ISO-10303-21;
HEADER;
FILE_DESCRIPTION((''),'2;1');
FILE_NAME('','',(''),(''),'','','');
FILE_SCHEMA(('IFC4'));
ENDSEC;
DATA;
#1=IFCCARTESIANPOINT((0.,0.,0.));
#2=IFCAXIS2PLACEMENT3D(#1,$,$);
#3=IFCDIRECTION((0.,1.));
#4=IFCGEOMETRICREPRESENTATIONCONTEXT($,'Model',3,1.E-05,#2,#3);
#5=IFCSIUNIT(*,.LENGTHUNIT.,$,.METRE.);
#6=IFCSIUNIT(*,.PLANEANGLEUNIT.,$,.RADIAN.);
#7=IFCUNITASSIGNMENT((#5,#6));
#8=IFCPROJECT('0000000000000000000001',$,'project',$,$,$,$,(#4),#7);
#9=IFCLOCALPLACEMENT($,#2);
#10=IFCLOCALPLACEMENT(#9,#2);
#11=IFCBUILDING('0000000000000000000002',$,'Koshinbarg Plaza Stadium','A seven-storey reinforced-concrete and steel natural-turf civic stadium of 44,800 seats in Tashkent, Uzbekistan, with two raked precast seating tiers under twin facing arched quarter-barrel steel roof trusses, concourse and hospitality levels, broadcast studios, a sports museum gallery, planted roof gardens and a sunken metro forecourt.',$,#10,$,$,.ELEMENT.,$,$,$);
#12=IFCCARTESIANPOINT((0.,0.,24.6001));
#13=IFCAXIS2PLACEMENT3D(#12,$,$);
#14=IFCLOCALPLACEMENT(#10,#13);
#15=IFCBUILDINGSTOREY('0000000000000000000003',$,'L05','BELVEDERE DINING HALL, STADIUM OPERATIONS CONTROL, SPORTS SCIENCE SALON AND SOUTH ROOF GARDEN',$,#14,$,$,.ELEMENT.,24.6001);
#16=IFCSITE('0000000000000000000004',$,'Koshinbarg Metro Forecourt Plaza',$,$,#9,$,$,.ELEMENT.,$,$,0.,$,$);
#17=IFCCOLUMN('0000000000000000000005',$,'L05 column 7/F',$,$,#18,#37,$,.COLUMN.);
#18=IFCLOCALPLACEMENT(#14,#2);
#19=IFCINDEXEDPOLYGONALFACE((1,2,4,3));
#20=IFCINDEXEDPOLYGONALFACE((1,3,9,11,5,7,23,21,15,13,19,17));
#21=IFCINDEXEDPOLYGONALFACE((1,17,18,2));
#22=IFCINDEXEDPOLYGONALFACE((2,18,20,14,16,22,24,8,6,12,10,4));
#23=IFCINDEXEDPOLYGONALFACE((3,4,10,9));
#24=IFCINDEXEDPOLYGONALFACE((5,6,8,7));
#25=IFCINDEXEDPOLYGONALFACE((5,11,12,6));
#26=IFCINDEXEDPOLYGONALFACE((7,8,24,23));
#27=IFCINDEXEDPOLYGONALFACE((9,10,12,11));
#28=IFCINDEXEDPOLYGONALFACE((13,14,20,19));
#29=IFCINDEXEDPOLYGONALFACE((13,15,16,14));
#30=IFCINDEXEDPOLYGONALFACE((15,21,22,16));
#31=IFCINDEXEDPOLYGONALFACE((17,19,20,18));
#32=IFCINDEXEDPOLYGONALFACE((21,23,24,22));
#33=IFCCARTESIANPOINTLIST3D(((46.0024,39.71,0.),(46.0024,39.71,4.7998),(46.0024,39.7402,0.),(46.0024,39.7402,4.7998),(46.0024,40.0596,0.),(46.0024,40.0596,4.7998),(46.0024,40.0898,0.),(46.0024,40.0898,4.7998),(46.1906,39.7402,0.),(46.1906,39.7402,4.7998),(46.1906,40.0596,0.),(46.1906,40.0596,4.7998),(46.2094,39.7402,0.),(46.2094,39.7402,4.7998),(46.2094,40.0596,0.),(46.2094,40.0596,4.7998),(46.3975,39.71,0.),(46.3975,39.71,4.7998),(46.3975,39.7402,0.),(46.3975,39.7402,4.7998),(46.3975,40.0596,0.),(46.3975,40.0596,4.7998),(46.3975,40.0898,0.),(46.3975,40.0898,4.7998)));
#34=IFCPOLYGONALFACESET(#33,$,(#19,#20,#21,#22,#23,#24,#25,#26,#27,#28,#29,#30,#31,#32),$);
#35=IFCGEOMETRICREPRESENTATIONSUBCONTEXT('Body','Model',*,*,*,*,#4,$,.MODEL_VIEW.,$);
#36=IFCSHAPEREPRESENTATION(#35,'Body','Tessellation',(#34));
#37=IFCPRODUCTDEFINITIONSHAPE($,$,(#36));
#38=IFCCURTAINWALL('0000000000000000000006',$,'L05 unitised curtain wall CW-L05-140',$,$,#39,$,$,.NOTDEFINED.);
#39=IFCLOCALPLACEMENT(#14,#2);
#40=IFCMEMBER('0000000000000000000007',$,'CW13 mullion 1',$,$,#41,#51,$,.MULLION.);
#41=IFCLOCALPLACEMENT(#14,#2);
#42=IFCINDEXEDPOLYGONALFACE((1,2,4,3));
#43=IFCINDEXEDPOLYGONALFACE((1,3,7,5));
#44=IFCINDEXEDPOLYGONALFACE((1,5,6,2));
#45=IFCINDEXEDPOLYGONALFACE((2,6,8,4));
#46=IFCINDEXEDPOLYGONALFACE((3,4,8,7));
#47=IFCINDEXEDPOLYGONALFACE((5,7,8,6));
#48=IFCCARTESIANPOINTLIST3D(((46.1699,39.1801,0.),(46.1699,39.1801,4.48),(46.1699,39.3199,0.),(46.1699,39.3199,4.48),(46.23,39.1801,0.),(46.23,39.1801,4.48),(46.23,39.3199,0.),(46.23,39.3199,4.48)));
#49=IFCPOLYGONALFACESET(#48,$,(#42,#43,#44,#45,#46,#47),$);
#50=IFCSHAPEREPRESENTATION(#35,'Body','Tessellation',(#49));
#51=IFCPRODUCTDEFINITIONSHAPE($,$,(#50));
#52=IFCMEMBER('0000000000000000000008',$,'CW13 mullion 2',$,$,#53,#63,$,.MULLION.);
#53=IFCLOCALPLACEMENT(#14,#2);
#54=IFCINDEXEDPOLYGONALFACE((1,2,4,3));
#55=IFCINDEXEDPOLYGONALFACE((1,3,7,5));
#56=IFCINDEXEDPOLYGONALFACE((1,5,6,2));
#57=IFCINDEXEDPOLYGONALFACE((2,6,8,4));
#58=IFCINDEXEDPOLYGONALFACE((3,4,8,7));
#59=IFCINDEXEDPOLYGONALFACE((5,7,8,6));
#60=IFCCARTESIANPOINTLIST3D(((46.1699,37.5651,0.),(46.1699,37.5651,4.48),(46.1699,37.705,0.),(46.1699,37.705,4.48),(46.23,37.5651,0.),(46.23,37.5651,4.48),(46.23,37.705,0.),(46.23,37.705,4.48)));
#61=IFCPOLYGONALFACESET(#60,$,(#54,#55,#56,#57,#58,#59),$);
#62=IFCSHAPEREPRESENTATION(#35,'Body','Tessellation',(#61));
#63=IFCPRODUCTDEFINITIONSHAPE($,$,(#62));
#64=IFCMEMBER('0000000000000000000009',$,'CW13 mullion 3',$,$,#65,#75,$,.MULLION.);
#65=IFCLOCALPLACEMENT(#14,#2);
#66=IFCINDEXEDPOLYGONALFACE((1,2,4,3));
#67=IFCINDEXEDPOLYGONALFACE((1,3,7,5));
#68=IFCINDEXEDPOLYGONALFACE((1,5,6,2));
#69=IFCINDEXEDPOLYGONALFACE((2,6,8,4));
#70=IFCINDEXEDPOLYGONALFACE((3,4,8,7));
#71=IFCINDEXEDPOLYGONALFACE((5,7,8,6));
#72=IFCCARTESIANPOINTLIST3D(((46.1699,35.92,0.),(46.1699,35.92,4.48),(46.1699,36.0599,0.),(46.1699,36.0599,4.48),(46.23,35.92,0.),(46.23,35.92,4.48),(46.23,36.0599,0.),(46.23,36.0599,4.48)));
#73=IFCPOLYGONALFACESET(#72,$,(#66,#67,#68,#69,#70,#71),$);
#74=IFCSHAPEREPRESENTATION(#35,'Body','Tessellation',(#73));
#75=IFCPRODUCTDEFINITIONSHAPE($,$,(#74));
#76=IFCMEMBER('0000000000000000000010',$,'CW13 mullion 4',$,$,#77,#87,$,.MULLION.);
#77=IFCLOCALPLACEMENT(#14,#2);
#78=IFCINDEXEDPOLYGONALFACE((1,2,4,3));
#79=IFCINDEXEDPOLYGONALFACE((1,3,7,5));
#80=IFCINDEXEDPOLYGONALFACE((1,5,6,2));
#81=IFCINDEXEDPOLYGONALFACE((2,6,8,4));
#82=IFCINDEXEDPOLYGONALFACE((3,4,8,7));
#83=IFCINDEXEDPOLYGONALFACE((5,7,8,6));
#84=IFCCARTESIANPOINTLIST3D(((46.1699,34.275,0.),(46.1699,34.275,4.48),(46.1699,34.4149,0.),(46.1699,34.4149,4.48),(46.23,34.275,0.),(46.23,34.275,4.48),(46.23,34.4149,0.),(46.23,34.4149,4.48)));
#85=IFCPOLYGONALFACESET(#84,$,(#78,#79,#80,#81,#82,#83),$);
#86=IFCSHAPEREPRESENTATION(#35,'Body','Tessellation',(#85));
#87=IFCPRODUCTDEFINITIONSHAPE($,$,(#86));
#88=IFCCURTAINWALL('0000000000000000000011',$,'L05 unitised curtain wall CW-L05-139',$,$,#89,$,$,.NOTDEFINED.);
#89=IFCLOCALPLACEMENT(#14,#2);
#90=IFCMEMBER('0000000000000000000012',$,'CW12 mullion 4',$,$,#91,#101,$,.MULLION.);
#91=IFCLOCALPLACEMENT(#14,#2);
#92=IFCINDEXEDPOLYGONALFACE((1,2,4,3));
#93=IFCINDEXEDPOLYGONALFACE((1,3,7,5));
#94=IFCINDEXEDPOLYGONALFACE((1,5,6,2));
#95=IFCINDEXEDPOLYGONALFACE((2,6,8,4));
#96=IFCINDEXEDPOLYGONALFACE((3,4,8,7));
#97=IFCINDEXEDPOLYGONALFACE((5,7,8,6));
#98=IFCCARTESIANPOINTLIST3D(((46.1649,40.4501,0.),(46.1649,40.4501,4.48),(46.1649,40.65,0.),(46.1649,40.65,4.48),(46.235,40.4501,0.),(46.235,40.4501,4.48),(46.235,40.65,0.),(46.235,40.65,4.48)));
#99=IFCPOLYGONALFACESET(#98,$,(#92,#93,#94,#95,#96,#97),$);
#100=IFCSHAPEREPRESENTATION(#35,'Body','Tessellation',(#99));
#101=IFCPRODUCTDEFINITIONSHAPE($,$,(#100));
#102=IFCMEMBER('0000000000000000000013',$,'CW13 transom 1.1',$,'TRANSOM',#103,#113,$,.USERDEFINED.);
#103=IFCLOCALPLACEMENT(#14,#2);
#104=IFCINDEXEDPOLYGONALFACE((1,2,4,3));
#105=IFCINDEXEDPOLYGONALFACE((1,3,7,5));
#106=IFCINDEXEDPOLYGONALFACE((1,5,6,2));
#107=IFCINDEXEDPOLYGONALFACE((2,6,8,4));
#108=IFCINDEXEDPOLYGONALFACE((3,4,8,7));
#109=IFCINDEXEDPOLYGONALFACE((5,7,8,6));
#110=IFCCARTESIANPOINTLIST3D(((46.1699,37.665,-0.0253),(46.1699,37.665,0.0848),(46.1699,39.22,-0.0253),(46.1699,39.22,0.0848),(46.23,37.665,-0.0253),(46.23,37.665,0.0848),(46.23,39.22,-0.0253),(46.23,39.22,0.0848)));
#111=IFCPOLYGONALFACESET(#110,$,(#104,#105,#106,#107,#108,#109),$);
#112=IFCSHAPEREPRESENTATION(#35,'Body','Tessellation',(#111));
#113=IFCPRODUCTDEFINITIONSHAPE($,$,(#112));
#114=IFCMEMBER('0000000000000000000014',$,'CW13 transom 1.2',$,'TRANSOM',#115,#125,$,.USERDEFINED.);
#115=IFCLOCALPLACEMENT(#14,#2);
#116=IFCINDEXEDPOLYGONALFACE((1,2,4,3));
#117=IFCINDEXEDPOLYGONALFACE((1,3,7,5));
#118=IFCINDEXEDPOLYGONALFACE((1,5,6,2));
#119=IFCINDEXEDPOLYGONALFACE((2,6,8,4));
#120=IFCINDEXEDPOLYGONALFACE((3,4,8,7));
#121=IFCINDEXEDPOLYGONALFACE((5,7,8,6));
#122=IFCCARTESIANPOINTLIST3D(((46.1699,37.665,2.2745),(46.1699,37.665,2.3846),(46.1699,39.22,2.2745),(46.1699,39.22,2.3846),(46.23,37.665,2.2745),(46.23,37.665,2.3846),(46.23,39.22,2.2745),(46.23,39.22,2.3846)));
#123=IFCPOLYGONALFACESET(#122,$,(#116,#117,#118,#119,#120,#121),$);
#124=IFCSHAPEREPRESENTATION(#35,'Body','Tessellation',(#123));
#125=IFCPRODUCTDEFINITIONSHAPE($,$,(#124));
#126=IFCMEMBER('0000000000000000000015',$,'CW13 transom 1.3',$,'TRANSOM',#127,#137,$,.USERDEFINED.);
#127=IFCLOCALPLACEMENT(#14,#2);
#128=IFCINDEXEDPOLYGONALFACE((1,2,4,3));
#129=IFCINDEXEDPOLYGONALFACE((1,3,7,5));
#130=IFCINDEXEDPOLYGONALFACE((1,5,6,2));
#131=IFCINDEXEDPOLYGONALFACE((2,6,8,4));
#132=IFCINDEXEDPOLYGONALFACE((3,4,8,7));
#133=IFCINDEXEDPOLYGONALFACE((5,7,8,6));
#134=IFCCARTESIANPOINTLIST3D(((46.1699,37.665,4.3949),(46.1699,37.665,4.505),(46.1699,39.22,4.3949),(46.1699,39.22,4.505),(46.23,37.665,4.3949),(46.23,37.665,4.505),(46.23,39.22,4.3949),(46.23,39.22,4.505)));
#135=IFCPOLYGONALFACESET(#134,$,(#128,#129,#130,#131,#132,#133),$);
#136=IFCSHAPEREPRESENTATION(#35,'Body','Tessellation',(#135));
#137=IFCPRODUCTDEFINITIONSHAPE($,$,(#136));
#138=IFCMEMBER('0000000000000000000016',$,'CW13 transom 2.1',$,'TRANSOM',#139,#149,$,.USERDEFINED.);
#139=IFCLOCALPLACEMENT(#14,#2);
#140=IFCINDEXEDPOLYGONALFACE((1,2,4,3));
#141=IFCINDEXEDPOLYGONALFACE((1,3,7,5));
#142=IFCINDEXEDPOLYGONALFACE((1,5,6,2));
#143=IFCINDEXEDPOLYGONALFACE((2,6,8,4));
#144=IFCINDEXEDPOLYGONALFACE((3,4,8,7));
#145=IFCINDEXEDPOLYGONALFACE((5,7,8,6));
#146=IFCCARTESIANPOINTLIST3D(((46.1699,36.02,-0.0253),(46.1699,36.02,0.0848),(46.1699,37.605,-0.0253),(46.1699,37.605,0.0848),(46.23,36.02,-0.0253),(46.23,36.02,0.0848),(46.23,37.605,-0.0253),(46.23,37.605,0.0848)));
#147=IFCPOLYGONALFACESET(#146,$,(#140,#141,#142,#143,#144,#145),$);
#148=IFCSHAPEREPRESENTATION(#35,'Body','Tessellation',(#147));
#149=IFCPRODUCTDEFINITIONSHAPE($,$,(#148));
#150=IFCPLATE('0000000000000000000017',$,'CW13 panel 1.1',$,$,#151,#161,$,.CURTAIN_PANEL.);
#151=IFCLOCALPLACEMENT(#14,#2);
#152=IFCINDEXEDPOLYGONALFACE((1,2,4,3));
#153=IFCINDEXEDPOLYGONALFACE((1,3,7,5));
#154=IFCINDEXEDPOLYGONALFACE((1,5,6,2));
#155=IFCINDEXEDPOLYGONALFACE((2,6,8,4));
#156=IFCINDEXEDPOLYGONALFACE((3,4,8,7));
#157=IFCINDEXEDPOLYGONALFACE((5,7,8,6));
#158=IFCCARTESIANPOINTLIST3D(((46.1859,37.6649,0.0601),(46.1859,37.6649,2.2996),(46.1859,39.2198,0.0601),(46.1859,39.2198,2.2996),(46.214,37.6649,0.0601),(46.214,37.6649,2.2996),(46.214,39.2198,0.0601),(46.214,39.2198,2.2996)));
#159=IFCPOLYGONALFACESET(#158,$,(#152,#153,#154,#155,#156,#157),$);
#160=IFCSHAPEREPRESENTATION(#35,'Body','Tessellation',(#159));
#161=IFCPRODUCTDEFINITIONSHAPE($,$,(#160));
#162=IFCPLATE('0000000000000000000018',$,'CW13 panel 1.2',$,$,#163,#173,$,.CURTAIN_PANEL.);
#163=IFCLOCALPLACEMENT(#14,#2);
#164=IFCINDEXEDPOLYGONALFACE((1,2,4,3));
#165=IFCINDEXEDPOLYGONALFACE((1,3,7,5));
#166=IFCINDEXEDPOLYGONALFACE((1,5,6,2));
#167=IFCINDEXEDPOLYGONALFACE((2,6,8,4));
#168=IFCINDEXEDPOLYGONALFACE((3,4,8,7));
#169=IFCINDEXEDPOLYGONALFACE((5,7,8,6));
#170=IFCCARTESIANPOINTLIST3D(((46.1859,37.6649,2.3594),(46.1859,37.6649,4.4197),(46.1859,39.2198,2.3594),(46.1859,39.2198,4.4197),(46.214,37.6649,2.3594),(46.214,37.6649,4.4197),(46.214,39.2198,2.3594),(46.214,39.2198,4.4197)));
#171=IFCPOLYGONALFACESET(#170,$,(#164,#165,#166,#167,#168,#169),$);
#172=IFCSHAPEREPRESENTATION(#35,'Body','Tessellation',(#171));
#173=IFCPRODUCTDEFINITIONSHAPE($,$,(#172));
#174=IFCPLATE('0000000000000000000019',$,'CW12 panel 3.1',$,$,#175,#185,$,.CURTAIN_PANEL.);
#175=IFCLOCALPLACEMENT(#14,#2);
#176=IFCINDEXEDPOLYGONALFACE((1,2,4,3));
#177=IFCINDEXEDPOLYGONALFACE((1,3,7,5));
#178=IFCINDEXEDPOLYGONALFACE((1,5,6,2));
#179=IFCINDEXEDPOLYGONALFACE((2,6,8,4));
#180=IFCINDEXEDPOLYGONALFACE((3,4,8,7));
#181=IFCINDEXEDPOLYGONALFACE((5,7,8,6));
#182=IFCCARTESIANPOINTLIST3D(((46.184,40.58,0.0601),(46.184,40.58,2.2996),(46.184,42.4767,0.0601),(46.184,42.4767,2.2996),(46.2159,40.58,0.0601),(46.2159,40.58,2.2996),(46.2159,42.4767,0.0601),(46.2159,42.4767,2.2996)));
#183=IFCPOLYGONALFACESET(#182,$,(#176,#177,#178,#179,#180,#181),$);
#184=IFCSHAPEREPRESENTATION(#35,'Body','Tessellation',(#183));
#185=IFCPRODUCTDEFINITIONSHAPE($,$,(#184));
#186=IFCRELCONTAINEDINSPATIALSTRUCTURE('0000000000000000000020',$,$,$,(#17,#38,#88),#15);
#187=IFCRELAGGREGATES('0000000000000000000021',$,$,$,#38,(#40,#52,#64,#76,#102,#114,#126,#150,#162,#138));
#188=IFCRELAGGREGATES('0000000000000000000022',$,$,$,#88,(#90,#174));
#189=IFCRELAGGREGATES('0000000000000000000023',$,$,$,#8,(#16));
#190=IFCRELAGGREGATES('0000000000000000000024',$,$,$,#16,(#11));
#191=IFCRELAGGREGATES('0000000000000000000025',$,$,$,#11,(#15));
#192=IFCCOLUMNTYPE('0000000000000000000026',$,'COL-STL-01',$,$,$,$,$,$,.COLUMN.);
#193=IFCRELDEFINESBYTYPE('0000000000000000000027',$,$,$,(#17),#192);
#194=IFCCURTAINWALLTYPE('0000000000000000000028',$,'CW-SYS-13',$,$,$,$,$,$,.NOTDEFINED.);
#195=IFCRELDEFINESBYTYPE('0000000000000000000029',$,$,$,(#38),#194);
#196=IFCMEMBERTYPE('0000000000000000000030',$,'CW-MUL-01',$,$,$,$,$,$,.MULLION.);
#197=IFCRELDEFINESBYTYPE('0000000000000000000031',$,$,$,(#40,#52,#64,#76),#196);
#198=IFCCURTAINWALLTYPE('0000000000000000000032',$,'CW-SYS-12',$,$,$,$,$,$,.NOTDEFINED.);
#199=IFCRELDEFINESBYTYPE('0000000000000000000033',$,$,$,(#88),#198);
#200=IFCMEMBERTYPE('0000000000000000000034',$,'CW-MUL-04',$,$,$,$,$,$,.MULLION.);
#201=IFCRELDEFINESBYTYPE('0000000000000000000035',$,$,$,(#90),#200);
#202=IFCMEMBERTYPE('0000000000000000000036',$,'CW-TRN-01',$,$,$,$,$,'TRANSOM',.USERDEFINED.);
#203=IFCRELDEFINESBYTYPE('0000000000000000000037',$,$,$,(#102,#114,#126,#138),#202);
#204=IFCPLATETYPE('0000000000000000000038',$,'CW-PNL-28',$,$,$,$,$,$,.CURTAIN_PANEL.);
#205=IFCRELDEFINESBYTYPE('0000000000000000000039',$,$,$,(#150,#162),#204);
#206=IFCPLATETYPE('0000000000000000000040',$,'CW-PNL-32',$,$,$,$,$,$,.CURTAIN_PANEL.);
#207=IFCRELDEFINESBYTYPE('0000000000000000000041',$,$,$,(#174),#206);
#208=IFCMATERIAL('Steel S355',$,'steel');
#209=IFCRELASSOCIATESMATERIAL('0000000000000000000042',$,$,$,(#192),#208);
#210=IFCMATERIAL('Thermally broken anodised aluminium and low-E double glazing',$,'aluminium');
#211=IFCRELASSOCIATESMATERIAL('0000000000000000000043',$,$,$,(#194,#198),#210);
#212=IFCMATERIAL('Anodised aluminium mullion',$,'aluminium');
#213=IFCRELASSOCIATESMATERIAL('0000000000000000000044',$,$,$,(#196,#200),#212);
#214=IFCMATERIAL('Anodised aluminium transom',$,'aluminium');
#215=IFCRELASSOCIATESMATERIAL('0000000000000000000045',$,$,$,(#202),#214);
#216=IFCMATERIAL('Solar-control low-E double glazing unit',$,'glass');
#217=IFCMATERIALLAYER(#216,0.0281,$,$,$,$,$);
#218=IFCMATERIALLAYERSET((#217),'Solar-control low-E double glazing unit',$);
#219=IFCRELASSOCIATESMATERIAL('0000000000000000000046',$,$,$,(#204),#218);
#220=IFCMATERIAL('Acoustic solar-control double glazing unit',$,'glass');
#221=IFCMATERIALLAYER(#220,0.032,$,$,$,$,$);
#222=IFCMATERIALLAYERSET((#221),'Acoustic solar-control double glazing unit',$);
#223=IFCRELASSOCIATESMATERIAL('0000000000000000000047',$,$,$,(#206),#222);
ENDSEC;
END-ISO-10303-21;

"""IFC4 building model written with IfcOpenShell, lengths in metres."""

from ifc_helpers import new_model, si_unit, direction, frame, origin, origin_2d, place, context, subcontext, project, spatial, rectangle, i_section, extrude, material, layer, layer_set, material_profile, profile_set, type_object, element, aggregate, save


model = new_model("IFC4")

# Units and contexts
model_context = context("Model", 3, precision=1e-05, world=origin(), true_north=direction((0.0, 1.0)))
body_context = subcontext(model_context, "Body", "Model", "MODEL_VIEW")
ifc_project = project(units=[si_unit("LENGTHUNIT", "METRE"), si_unit("PLANEANGLEUNIT", "RADIAN")], contexts=[model_context])

# Site, building, storey
site_placement = place(None, origin())
site = spatial("IfcSite", under=ifc_project, at=site_placement, Name="Koshinbarg Metro Forecourt Plaza", CompositionType="ELEMENT", RefElevation=0.0)
building_placement = place(site_placement, origin())
building = spatial("IfcBuilding", under=site, at=building_placement, Name="Koshinbarg Plaza Stadium", Description="A seven-storey reinforced-concrete and steel natural-turf civic stadium of 44,800 seats in Tashkent, Uzbekistan, with two raked precast seating tiers under twin facing arched quarter-barrel steel roof trusses, concourse and hospitality levels, broadcast studios, a sports museum gallery, planted roof gardens and a sunken metro forecourt.", CompositionType="ELEMENT")
storey_placement = place(building_placement, frame((0.0, 0.0, 24.6001)))
storey = spatial("IfcBuildingStorey", under=building, at=storey_placement, Name="L05", Description="BELVEDERE DINING HALL, STADIUM OPERATIONS CONTROL, SPORTS SCIENCE SALON AND SOUTH ROOF GARDEN", CompositionType="ELEMENT", Elevation=24.6001)

# Column
ifc_material_1 = material(Name="Steel S355", Category="steel")
ifc_material_profile_1 = material_profile(ifc_material_1, i_section(OverallWidth=0.395, OverallDepth=0.3799, WebThickness=0.0188, FlangeThickness=0.0303, at=origin_2d()), Name="HD 400x237")
ifc_profile_set_1 = profile_set([ifc_material_profile_1], Name="Steel S355")
column_type = type_object("IfcColumnType", Name="COL-STL-01", PredefinedType="COLUMN", material=ifc_profile_set_1)
column_placement = place(storey_placement, frame((46.2, 39.8999, 0.0), z_axis=(0.0, 0.0, 1.0), x_axis=(1.0, 0.0, 0.0)))
element("IfcColumn", 1, at=column_placement, inside=storey, type_object=column_type, Name="L05 column 7/F", PredefinedType="COLUMN", context=body_context, shape_type="SweptSolid", body=[
    extrude(i_section(OverallWidth=0.395, OverallDepth=0.3799, WebThickness=0.0188, FlangeThickness=0.0303, at=origin_2d()), origin(), (0.0, 0.0, 1.0), 4.7998),
])

# Curtain wall, members
ifc_material_2 = material(Name="Thermally broken anodised aluminium and low-E double glazing", Category="aluminium")
curtain_wall_type_1 = type_object("IfcCurtainWallType", Name="CW-SYS-13", PredefinedType="NOTDEFINED", material=ifc_material_2)
curtain_wall_1_placement = place(storey_placement, origin())
curtain_wall_1 = element("IfcCurtainWall", 2, at=curtain_wall_1_placement, inside=storey, type_object=curtain_wall_type_1, Name="L05 unitised curtain wall CW-L05-140", PredefinedType="NOTDEFINED")
ifc_material_3 = material(Name="Anodised aluminium mullion", Category="aluminium")
ifc_material_profile_2 = material_profile(ifc_material_3, rectangle(XDim=0.0601, YDim=0.1399, at=origin_2d()), Name="ALU 60x140")
ifc_profile_set_2 = profile_set([ifc_material_profile_2], Name="Anodised aluminium mullion")
member_type_1 = type_object("IfcMemberType", Name="CW-MUL-01", PredefinedType="MULLION", material=ifc_profile_set_2)
member_1_placement = place(storey_placement, frame((46.2, 39.25, 0.0), z_axis=(0.0, 0.0, 1.0), x_axis=(1.0, 0.0, 0.0)))
member_1 = element("IfcMember", 3, at=member_1_placement, type_object=member_type_1, Name="CW13 mullion 1", PredefinedType="MULLION", context=body_context, shape_type="SweptSolid", body=[
    extrude(rectangle(XDim=0.0601, YDim=0.1399, at=origin_2d()), origin(), (0.0, 0.0, 1.0), 4.48),
])
member_2_placement = place(storey_placement, frame((46.2, 37.635, 0.0), z_axis=(0.0, 0.0, 1.0), x_axis=(1.0, 0.0, 0.0)))
member_2 = element("IfcMember", 4, at=member_2_placement, type_object=member_type_1, Name="CW13 mullion 2", PredefinedType="MULLION", context=body_context, shape_type="SweptSolid", body=[
    extrude(rectangle(XDim=0.0601, YDim=0.1399, at=origin_2d()), origin(), (0.0, 0.0, 1.0), 4.48),
])
member_3_placement = place(storey_placement, frame((46.2, 35.99, 0.0), z_axis=(0.0, 0.0, 1.0), x_axis=(1.0, 0.0, 0.0)))
member_3 = element("IfcMember", 5, at=member_3_placement, type_object=member_type_1, Name="CW13 mullion 3", PredefinedType="MULLION", context=body_context, shape_type="SweptSolid", body=[
    extrude(rectangle(XDim=0.0601, YDim=0.1399, at=origin_2d()), origin(), (0.0, 0.0, 1.0), 4.48),
])
member_4_placement = place(storey_placement, frame((46.2, 34.345, 0.0), z_axis=(0.0, 0.0, 1.0), x_axis=(1.0, 0.0, 0.0)))
member_4 = element("IfcMember", 6, at=member_4_placement, type_object=member_type_1, Name="CW13 mullion 4", PredefinedType="MULLION", context=body_context, shape_type="SweptSolid", body=[
    extrude(rectangle(XDim=0.0601, YDim=0.1399, at=origin_2d()), origin(), (0.0, 0.0, 1.0), 4.48),
])

# Curtain wall, member
curtain_wall_type_2 = type_object("IfcCurtainWallType", Name="CW-SYS-12", PredefinedType="NOTDEFINED", material=ifc_material_2)
curtain_wall_2_placement = place(storey_placement, origin())
curtain_wall_2 = element("IfcCurtainWall", 7, at=curtain_wall_2_placement, inside=storey, type_object=curtain_wall_type_2, Name="L05 unitised curtain wall CW-L05-139", PredefinedType="NOTDEFINED")
ifc_material_profile_3 = material_profile(ifc_material_3, rectangle(XDim=0.0701, YDim=0.2, at=origin_2d()), Name="ALU 70x200")
ifc_profile_set_3 = profile_set([ifc_material_profile_3], Name="Anodised aluminium mullion")
member_type_2 = type_object("IfcMemberType", Name="CW-MUL-04", PredefinedType="MULLION", material=ifc_profile_set_3)
member_5_placement = place(storey_placement, frame((46.2, 40.55, 0.0), z_axis=(0.0, 0.0, 1.0), x_axis=(1.0, 0.0, 0.0)))
member_5 = element("IfcMember", 8, at=member_5_placement, type_object=member_type_2, Name="CW12 mullion 4", PredefinedType="MULLION", context=body_context, shape_type="SweptSolid", body=[
    extrude(rectangle(XDim=0.0701, YDim=0.2, at=origin_2d()), origin(), (0.0, 0.0, 1.0), 4.48),
])

# Members
ifc_material_4 = material(Name="Anodised aluminium transom", Category="aluminium")
ifc_material_profile_4 = material_profile(ifc_material_4, rectangle(XDim=0.0601, YDim=0.1101, at=origin_2d()), Name="ALU 60x110")
ifc_profile_set_4 = profile_set([ifc_material_profile_4], Name="Anodised aluminium transom")
member_type_3 = type_object("IfcMemberType", Name="CW-TRN-01", ElementType="TRANSOM", PredefinedType="USERDEFINED", material=ifc_profile_set_4)
member_6_placement = place(storey_placement, frame((46.2, 39.22, 0.0298), z_axis=(0.0, -1.0, 0.0), x_axis=(1.0, 0.0, 0.0)))
member_6 = element("IfcMember", 9, at=member_6_placement, type_object=member_type_3, Name="CW13 transom 1.1", ObjectType="TRANSOM", PredefinedType="USERDEFINED", context=body_context, shape_type="SweptSolid", body=[
    extrude(rectangle(XDim=0.0601, YDim=0.1101, at=origin_2d()), origin(), (0.0, 0.0, 1.0), 1.5549),
])
member_7_placement = place(storey_placement, frame((46.2, 39.22, 2.3296), z_axis=(0.0, -1.0, 0.0), x_axis=(1.0, 0.0, 0.0)))
member_7 = element("IfcMember", 10, at=member_7_placement, type_object=member_type_3, Name="CW13 transom 1.2", ObjectType="TRANSOM", PredefinedType="USERDEFINED", context=body_context, shape_type="SweptSolid", body=[
    extrude(rectangle(XDim=0.0601, YDim=0.1101, at=origin_2d()), origin(), (0.0, 0.0, 1.0), 1.5549),
])
member_8_placement = place(storey_placement, frame((46.2, 39.22, 4.45), z_axis=(0.0, -1.0, 0.0), x_axis=(1.0, 0.0, 0.0)))
member_8 = element("IfcMember", 11, at=member_8_placement, type_object=member_type_3, Name="CW13 transom 1.3", ObjectType="TRANSOM", PredefinedType="USERDEFINED", context=body_context, shape_type="SweptSolid", body=[
    extrude(rectangle(XDim=0.0601, YDim=0.1101, at=origin_2d()), origin(), (0.0, 0.0, 1.0), 1.5549),
])
member_9_placement = place(storey_placement, frame((46.2, 37.605, 0.0298), z_axis=(0.0, -1.0, 0.0), x_axis=(1.0, 0.0, 0.0)))
member_9 = element("IfcMember", 12, at=member_9_placement, type_object=member_type_3, Name="CW13 transom 2.1", ObjectType="TRANSOM", PredefinedType="USERDEFINED", context=body_context, shape_type="SweptSolid", body=[
    extrude(rectangle(XDim=0.0601, YDim=0.1101, at=origin_2d()), origin(), (0.0, 0.0, 1.0), 1.585),
])

# Plates
ifc_material_5 = material(Name="Solar-control low-E double glazing unit", Category="glass")
ifc_layer_1 = layer(ifc_material_5, 0.0281)
ifc_layer_set_1 = layer_set([ifc_layer_1], Name="Solar-control low-E double glazing unit")
plate_type_1 = type_object("IfcPlateType", Name="CW-PNL-28", PredefinedType="CURTAIN_PANEL", material=ifc_layer_set_1)
plate_1_placement = place(storey_placement, frame((46.2, 38.4424, 0.0601), z_axis=(0.0, 0.0, 1.0), x_axis=(0.0, -1.0, 0.0)))
plate_1 = element("IfcPlate", 13, at=plate_1_placement, type_object=plate_type_1, Name="CW13 panel 1.1", PredefinedType="CURTAIN_PANEL", context=body_context, shape_type="SweptSolid", body=[
    extrude(rectangle(XDim=1.5549, YDim=0.0281, at=origin_2d()), origin(), (0.0, 0.0, 1.0), 2.2395),
])
plate_2_placement = place(storey_placement, frame((46.2, 38.4424, 2.3594), z_axis=(0.0, 0.0, 1.0), x_axis=(0.0, -1.0, 0.0)))
plate_2 = element("IfcPlate", 14, at=plate_2_placement, type_object=plate_type_1, Name="CW13 panel 1.2", PredefinedType="CURTAIN_PANEL", context=body_context, shape_type="SweptSolid", body=[
    extrude(rectangle(XDim=1.5549, YDim=0.0281, at=origin_2d()), origin(), (0.0, 0.0, 1.0), 2.0603),
])
aggregate(curtain_wall_1, [member_1, member_2, member_3, member_4, member_6, member_7, member_8, plate_1, plate_2, member_9])
ifc_material_6 = material(Name="Acoustic solar-control double glazing unit", Category="glass")
ifc_layer_2 = layer(ifc_material_6, 0.032)
ifc_layer_set_2 = layer_set([ifc_layer_2], Name="Acoustic solar-control double glazing unit")
plate_type_2 = type_object("IfcPlateType", Name="CW-PNL-32", PredefinedType="CURTAIN_PANEL", material=ifc_layer_set_2)
plate_3_placement = place(storey_placement, frame((46.2, 41.5283, 0.0601), z_axis=(0.0, 0.0, 1.0), x_axis=(0.0, -1.0, 0.0)))
plate_3 = element("IfcPlate", 15, at=plate_3_placement, type_object=plate_type_2, Name="CW12 panel 3.1", PredefinedType="CURTAIN_PANEL", context=body_context, shape_type="SweptSolid", body=[
    extrude(rectangle(XDim=1.8967, YDim=0.032, at=origin_2d()), origin(), (0.0, 0.0, 1.0), 2.2395),
])
aggregate(curtain_wall_2, [member_5, plate_3])

save(model, "model.ifc")
